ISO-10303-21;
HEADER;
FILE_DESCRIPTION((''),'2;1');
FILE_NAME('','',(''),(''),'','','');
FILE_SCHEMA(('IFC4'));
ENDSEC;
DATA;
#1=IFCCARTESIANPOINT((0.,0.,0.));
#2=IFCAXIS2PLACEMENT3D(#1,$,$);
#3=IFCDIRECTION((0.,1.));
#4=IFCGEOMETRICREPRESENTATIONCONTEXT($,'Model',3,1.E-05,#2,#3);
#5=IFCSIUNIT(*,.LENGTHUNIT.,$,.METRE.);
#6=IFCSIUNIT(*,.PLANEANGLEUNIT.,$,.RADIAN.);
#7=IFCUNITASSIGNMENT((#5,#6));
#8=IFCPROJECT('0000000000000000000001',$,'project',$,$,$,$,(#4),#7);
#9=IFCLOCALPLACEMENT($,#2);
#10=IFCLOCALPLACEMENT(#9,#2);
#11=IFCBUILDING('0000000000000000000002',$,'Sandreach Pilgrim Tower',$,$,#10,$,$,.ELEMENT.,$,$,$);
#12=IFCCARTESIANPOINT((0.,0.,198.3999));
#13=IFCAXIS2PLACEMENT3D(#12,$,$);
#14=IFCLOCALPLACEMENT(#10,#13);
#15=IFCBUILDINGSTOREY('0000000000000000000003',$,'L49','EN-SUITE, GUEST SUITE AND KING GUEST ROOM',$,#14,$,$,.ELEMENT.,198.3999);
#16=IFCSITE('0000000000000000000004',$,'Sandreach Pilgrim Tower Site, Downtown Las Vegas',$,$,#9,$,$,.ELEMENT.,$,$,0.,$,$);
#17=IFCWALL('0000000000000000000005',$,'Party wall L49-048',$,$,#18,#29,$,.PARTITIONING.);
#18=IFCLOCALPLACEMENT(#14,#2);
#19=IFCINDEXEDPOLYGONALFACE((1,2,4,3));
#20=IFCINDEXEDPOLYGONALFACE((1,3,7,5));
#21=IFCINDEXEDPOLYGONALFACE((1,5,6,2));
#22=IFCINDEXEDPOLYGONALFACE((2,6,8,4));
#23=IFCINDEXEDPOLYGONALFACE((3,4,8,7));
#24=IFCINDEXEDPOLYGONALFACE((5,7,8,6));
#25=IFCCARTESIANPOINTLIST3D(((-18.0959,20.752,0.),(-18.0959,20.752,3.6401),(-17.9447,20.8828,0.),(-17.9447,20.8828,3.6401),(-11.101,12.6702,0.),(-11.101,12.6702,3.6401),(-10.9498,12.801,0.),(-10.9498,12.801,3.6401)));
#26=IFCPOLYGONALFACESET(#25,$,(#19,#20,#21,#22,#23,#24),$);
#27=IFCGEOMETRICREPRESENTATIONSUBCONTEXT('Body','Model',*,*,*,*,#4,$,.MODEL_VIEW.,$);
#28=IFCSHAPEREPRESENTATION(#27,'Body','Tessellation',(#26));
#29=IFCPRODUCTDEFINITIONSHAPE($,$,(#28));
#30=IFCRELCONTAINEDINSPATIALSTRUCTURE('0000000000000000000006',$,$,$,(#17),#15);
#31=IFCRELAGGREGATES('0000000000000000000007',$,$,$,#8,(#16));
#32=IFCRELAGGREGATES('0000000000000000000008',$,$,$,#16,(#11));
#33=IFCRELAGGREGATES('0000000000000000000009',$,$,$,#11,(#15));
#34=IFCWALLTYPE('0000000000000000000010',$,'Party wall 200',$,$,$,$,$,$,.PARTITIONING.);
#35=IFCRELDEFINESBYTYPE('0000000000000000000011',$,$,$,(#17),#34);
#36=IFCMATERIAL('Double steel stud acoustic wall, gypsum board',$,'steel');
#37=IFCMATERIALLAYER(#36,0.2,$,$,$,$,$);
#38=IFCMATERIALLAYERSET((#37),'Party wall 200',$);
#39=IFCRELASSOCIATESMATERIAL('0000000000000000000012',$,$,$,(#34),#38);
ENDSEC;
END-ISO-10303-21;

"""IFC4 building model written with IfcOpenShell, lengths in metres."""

from ifc_helpers import new_model, si_unit, direction, frame, frame_2d, origin, place, context, subcontext, project, spatial, rectangle, extrude, material, layer, layer_set, type_object, element, save


model = new_model("IFC4")

# Units and contexts
model_context = context("Model", 3, precision=1e-05, world=origin(), true_north=direction((0.0, 1.0)))
body_context = subcontext(model_context, "Body", "Model", "MODEL_VIEW")
ifc_project = project(units=[si_unit("LENGTHUNIT", "METRE"), si_unit("PLANEANGLEUNIT", "RADIAN")], contexts=[model_context])

# Site, building, storey
site_placement = place(None, origin())
site = spatial("IfcSite", under=ifc_project, at=site_placement, Name="Sandreach Pilgrim Tower Site, Downtown Las Vegas", CompositionType="ELEMENT", RefElevation=0.0)
building_placement = place(site_placement, origin())
building = spatial("IfcBuilding", under=site, at=building_placement, Name="Sandreach Pilgrim Tower", CompositionType="ELEMENT")
storey_placement = place(building_placement, frame((0.0, 0.0, 198.3999)))
storey = spatial("IfcBuildingStorey", under=building, at=storey_placement, Name="L49", Description="EN-SUITE, GUEST SUITE AND KING GUEST ROOM", CompositionType="ELEMENT", Elevation=198.3999)

# Wall
ifc_material_1 = material(Name="Double steel stud acoustic wall, gypsum board", Category="steel")
ifc_layer_1 = layer(ifc_material_1, 0.2)
ifc_layer_set_1 = layer_set([ifc_layer_1], Name="Party wall 200")
wall_type_1 = type_object("IfcWallType", Name="Party wall 200", PredefinedType="PARTITIONING", material=ifc_layer_set_1)
wall_1_placement = place(storey_placement, frame((-11.0254, 12.7356, 0.0), z_axis=(0.0, 0.0, 1.0), x_axis=(-0.654431, 0.756122, 0.0)))
element("IfcWall", 1, at=wall_1_placement, inside=storey, type_object=wall_type_1, Name="Party wall L49-048", PredefinedType="PARTITIONING", context=body_context, shape_type="SweptSolid", body=[
    extrude(rectangle(XDim=10.6885, YDim=0.2, at=frame_2d((5.3442, 0.0))), origin(), (0.0, 0.0, 1.0), 3.6401),
])

save(model, "model.ifc")
